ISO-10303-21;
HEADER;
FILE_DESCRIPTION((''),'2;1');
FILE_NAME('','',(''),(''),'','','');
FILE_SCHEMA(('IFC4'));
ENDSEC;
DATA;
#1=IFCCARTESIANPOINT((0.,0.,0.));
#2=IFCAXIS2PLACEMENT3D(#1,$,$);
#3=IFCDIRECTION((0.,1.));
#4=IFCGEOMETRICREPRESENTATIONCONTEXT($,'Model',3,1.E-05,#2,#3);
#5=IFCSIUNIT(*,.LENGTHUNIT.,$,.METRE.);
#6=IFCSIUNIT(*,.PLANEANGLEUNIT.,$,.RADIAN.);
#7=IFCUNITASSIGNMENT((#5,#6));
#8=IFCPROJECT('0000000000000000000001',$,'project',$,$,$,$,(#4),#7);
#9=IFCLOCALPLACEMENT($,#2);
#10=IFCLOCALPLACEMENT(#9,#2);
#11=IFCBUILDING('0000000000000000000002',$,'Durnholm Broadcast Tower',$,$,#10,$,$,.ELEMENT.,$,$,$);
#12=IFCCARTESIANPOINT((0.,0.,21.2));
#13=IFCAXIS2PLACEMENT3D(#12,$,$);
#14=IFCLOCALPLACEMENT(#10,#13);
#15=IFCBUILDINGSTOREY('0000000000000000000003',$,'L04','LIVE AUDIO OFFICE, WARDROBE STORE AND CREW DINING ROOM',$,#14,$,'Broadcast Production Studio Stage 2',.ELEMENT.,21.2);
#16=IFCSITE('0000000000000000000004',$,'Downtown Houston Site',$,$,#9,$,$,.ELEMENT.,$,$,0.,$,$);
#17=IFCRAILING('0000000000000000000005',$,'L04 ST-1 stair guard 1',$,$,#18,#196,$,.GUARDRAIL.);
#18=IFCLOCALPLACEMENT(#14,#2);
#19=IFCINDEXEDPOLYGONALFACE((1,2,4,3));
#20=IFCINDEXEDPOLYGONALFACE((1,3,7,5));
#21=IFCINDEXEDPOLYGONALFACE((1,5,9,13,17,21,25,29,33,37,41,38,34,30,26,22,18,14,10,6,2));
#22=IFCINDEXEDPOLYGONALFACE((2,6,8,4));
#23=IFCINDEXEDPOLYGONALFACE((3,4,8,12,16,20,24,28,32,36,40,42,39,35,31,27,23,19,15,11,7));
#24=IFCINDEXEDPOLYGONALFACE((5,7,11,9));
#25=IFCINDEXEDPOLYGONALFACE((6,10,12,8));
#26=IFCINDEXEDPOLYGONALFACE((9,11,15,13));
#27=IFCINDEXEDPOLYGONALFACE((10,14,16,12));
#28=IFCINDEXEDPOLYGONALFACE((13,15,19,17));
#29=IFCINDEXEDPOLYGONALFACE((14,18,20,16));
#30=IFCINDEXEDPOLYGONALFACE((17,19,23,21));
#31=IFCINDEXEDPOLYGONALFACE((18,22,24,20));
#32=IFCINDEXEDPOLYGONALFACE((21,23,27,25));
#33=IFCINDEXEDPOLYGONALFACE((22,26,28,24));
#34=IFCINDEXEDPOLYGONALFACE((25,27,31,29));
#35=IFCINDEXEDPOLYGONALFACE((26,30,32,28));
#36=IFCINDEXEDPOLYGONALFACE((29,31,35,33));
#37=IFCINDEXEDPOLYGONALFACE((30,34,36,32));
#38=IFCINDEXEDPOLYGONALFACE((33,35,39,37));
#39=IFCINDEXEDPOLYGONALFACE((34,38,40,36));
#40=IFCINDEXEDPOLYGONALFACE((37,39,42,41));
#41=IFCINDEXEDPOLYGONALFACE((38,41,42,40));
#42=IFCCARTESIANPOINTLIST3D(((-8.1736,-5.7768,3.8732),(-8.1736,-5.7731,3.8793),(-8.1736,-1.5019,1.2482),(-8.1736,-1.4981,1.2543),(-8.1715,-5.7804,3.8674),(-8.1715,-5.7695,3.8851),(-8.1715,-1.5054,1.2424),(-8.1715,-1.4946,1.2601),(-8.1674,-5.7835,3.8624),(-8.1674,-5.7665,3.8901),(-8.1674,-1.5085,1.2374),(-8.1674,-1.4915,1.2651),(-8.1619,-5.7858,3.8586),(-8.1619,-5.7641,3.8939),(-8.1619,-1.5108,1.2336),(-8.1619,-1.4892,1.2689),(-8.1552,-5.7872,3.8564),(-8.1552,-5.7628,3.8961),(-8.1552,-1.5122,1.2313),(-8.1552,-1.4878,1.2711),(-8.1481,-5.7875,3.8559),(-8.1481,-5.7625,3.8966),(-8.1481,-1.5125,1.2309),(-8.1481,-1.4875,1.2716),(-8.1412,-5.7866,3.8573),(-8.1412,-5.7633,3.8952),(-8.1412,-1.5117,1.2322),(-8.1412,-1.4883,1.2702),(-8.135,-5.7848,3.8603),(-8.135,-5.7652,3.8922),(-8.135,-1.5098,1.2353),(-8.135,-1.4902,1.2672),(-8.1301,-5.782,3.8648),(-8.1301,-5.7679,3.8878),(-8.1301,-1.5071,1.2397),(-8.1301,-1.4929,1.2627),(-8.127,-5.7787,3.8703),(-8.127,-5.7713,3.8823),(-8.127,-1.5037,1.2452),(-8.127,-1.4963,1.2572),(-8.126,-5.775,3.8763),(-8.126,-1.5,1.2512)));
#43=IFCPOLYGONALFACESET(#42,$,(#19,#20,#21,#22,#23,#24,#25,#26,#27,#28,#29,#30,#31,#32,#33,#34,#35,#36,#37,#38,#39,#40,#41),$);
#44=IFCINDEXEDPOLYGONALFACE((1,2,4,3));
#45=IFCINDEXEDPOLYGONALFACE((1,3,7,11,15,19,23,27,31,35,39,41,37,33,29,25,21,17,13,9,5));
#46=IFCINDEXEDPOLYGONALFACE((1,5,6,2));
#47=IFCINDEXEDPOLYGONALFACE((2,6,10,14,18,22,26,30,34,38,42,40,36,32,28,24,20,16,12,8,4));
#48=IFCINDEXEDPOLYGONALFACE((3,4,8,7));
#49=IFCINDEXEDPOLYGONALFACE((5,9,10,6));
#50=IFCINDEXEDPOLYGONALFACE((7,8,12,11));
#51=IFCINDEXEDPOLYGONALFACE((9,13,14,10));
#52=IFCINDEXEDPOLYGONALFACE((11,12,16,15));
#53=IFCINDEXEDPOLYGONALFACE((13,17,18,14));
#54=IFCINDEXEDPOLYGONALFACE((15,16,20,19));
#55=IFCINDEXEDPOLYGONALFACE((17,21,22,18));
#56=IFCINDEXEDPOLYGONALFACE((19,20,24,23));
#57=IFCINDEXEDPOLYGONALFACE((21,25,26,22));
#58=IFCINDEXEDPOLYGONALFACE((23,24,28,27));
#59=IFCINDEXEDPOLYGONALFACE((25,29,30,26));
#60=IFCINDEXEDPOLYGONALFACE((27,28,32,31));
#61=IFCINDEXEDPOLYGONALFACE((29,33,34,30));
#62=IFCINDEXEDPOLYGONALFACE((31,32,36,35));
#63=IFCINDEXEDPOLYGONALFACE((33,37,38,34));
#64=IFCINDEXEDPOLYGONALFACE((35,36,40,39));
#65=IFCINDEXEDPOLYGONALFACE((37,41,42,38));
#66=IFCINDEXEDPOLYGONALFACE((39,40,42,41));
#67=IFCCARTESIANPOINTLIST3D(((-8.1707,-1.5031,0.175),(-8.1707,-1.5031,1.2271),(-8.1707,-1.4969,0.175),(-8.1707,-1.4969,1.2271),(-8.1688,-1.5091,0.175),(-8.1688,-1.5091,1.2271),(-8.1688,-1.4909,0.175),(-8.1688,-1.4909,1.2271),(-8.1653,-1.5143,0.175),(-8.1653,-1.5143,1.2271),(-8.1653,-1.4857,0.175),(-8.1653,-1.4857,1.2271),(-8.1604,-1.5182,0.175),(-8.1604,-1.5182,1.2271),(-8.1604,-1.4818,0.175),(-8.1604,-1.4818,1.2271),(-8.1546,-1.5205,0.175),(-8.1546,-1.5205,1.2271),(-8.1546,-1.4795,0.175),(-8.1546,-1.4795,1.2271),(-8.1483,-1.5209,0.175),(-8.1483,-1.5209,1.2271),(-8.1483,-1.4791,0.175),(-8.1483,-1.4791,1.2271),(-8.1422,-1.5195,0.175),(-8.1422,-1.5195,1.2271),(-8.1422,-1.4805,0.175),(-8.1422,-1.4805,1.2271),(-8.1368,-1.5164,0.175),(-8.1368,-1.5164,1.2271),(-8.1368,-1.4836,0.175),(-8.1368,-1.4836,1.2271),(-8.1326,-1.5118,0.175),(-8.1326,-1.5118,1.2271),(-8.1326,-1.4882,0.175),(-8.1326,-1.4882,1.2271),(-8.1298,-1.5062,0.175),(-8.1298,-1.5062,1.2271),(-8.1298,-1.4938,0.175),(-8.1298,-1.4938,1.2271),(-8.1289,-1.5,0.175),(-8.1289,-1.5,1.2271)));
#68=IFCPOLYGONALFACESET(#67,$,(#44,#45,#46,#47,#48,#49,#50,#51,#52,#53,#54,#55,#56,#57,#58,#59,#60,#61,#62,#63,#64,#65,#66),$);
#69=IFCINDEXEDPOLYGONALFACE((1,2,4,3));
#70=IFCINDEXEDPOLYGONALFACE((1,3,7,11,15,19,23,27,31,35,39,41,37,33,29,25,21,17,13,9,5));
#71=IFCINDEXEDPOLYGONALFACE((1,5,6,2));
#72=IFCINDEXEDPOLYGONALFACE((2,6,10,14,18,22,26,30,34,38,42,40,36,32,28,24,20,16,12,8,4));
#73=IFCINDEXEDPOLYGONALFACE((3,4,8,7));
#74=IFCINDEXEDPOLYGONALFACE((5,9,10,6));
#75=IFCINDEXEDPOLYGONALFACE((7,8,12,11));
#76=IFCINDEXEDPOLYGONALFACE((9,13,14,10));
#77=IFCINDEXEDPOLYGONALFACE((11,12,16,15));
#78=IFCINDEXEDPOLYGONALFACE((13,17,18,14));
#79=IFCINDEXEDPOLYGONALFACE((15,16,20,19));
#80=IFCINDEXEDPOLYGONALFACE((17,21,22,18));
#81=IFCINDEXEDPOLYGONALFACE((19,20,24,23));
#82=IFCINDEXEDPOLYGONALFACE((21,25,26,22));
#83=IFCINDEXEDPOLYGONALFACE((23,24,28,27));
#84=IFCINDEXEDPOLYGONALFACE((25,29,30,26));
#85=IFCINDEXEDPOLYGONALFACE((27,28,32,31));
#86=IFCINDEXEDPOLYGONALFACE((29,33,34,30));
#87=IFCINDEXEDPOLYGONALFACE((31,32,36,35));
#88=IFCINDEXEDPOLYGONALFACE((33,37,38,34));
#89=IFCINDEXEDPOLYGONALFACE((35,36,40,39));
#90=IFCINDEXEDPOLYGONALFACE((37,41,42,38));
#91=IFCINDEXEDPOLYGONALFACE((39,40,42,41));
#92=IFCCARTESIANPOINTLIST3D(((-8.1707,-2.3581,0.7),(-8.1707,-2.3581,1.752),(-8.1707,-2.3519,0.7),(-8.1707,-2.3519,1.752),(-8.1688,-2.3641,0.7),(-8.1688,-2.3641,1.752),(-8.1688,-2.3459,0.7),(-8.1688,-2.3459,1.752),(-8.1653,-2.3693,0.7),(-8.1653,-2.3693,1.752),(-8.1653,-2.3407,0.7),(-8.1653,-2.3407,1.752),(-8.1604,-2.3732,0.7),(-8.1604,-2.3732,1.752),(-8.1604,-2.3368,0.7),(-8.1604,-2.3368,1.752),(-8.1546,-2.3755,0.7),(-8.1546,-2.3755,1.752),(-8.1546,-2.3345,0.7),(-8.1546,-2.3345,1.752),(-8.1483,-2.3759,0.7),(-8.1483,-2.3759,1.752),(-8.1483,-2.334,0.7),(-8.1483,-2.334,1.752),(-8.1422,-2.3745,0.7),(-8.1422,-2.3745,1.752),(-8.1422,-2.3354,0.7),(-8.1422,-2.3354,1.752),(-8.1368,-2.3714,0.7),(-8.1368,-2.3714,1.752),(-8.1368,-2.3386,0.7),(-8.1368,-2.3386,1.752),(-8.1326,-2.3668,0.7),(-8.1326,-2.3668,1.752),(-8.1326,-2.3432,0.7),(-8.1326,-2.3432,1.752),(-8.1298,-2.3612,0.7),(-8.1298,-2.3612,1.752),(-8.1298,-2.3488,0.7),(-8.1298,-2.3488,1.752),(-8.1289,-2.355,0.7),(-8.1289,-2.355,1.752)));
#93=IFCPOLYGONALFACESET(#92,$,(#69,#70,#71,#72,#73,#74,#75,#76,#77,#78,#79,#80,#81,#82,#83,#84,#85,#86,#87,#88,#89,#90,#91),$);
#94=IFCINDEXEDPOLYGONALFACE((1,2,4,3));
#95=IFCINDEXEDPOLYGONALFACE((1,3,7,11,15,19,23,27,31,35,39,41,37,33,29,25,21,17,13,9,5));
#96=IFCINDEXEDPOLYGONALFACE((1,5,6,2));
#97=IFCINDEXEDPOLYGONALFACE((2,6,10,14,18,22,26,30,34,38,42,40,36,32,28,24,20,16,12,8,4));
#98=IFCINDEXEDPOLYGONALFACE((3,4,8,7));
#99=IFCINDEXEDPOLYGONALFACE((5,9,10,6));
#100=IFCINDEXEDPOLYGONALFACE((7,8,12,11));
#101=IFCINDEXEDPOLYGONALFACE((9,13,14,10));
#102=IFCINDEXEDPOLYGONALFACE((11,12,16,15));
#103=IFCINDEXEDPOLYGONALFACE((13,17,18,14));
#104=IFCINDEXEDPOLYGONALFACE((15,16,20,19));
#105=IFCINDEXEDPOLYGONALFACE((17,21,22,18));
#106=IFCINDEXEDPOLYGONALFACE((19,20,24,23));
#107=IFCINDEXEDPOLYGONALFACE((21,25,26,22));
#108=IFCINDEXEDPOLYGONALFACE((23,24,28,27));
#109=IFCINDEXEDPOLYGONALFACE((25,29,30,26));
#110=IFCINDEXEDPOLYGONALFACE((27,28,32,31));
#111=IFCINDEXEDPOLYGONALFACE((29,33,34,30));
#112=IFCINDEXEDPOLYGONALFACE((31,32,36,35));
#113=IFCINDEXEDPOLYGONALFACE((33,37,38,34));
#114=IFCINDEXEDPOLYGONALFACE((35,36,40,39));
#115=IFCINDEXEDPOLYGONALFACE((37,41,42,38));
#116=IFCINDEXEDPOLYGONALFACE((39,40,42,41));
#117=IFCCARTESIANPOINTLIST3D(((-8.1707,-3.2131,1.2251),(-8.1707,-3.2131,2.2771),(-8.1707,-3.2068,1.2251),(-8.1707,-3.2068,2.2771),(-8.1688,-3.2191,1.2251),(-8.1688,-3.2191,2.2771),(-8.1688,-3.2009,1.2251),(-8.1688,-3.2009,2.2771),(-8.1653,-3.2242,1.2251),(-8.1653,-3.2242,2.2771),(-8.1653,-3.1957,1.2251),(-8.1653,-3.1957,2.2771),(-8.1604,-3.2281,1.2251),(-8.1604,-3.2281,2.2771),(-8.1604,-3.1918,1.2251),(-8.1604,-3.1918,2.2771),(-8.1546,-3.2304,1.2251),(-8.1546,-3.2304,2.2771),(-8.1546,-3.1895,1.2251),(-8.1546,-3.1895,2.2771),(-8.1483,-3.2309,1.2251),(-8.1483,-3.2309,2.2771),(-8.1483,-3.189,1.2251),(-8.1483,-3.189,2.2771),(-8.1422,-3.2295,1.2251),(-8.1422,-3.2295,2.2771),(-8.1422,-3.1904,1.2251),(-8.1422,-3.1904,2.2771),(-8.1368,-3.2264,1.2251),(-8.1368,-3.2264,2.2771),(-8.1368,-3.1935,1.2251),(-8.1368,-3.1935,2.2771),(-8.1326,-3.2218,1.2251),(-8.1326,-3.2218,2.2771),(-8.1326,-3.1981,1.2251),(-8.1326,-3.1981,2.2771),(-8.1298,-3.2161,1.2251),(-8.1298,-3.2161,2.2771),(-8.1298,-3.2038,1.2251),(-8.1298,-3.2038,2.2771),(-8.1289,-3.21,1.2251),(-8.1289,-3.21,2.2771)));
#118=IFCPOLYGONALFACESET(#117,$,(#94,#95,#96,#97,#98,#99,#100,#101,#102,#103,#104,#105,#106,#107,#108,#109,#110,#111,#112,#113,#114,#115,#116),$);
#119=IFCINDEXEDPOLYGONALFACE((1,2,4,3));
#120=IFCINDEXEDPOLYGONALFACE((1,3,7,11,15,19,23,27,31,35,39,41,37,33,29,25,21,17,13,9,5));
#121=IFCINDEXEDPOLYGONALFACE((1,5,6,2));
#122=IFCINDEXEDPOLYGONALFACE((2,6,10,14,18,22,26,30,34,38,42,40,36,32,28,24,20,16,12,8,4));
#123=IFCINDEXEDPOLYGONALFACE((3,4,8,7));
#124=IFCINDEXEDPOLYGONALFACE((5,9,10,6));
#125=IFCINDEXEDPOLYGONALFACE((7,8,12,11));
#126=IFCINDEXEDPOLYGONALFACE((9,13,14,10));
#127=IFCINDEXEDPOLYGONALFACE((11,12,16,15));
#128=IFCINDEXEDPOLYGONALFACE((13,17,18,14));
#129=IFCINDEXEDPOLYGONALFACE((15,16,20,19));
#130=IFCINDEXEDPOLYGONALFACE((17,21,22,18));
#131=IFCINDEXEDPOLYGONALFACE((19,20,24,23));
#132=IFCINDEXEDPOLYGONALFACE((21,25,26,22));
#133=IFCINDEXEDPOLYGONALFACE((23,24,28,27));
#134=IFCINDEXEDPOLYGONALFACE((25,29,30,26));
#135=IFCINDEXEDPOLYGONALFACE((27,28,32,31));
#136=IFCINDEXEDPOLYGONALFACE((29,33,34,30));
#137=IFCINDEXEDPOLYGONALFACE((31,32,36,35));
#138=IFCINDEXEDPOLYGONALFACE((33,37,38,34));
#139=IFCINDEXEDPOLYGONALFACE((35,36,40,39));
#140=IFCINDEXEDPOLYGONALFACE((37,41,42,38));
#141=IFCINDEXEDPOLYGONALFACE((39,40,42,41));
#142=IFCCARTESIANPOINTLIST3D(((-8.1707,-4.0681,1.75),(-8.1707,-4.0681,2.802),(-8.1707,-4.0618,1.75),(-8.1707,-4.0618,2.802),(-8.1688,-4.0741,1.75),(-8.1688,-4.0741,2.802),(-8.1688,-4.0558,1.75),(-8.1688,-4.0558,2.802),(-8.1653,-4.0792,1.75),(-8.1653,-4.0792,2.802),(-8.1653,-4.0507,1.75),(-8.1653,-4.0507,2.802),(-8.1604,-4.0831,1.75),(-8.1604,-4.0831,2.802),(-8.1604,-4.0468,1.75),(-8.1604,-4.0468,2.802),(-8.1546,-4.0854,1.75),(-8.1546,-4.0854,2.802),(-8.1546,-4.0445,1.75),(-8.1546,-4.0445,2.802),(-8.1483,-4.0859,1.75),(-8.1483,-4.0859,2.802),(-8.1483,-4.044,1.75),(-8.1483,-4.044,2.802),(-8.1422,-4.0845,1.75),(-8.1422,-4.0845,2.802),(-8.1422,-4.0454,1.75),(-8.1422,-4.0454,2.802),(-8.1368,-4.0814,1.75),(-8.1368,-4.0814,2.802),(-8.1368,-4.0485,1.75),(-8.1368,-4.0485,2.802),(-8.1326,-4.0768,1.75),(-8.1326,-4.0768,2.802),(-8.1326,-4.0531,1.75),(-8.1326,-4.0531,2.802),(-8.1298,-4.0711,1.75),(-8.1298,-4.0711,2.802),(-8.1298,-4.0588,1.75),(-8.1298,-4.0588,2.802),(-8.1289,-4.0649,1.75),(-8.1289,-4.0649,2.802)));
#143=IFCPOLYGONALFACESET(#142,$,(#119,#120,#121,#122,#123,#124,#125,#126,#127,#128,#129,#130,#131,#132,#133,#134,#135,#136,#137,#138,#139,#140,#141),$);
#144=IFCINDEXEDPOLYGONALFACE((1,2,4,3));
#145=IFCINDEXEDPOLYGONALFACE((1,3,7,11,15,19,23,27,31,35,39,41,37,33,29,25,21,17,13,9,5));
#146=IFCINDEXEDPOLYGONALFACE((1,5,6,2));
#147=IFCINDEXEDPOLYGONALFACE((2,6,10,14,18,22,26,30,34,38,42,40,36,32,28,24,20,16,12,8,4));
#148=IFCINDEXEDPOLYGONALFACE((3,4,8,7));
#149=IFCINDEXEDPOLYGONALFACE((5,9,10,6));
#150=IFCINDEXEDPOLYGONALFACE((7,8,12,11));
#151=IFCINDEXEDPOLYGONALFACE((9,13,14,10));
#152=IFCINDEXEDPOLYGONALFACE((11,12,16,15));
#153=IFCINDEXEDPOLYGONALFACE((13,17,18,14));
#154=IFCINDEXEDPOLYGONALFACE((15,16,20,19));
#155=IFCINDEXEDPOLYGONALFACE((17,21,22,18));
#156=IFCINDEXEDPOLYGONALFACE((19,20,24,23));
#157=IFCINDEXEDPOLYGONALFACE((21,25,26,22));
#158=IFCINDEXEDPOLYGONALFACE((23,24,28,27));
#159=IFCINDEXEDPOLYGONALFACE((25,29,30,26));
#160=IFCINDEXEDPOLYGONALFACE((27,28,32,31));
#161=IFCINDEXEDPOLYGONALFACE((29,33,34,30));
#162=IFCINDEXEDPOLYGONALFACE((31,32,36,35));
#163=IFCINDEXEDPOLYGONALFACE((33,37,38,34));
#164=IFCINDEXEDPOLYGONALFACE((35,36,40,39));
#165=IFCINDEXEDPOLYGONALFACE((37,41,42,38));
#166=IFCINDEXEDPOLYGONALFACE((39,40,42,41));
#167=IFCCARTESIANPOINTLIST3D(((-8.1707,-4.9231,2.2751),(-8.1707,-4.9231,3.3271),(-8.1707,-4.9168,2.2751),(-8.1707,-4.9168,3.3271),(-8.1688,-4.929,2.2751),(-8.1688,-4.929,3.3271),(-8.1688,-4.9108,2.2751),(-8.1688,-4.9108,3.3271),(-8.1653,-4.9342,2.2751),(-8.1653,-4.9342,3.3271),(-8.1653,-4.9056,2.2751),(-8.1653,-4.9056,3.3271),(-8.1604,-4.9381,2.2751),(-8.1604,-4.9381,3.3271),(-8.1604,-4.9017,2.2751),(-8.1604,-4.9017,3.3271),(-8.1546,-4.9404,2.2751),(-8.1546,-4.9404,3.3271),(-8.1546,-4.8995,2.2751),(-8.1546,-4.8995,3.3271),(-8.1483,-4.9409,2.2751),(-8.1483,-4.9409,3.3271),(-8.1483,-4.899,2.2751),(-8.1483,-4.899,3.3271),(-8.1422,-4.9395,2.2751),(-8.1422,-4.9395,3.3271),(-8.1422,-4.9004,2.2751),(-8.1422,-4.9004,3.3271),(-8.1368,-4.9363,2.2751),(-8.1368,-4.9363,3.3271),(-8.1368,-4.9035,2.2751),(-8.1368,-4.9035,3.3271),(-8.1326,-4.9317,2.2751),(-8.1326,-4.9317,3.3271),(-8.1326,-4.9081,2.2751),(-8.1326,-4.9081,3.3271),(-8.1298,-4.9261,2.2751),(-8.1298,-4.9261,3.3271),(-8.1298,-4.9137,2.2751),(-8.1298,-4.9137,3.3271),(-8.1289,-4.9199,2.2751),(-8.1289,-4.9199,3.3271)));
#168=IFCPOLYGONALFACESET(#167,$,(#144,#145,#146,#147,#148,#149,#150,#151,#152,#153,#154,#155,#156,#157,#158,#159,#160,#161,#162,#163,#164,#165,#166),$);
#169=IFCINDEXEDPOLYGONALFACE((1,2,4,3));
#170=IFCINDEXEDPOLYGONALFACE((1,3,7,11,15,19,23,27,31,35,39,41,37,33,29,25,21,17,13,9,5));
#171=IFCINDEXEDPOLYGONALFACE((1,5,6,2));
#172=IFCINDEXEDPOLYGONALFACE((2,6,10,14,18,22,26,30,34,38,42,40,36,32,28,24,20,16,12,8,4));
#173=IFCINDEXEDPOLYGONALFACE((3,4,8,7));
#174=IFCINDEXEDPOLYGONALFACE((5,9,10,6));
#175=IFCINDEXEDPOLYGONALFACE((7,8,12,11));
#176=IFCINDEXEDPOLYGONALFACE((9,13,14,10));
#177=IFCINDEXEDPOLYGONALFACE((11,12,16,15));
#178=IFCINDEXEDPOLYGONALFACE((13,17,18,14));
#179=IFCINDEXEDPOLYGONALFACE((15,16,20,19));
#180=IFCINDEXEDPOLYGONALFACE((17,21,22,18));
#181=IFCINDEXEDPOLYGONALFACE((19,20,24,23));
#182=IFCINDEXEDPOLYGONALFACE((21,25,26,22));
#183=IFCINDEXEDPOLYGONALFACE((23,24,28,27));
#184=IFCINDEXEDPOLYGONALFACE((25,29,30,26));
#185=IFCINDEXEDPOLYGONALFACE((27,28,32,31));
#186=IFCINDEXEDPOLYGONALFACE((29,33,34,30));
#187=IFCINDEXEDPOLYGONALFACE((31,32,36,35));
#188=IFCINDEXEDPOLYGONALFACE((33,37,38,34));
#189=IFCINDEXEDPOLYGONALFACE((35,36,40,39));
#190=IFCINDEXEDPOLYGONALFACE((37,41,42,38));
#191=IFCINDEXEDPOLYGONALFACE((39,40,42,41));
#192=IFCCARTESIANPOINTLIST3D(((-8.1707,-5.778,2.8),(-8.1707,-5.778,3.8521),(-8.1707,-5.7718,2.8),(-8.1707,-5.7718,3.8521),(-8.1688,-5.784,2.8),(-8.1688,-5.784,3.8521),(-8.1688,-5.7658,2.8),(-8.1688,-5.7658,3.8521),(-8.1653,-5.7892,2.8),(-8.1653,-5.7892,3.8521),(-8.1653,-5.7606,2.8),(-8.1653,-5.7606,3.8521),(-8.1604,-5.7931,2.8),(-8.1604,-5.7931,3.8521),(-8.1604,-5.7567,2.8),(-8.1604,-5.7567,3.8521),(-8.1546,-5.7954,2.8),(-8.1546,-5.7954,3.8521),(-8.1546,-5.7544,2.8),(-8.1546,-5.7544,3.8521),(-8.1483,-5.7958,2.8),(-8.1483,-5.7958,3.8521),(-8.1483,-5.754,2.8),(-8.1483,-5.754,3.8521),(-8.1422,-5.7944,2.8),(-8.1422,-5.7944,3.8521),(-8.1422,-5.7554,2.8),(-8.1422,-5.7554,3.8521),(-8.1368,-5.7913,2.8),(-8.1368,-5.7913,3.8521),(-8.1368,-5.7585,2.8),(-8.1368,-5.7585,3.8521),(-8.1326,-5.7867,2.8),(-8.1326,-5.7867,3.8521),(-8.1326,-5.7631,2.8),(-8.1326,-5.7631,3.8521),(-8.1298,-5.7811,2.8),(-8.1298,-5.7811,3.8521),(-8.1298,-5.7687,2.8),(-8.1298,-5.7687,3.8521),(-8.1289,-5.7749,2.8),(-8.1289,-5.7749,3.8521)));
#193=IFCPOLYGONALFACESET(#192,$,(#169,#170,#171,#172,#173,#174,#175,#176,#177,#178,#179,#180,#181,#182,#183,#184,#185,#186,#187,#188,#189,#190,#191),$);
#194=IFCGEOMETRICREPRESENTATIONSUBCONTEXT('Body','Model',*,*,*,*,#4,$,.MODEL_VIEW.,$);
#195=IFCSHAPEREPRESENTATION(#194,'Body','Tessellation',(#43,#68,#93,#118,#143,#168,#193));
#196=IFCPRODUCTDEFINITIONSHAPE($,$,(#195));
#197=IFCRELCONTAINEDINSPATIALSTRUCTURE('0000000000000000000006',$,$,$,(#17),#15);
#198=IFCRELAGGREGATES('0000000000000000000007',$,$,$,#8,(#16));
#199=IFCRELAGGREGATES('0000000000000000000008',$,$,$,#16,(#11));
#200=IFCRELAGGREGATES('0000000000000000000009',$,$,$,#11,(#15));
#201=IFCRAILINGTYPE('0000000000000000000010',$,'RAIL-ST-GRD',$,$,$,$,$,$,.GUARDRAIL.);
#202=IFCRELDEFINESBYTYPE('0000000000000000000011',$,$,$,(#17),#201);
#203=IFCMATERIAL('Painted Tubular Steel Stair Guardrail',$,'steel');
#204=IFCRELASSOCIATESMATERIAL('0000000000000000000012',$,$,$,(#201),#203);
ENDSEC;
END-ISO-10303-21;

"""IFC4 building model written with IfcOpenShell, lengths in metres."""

from ifc_helpers import new_model, si_unit, direction, frame, origin, origin_2d, place, context, subcontext, project, spatial, circle, extrude, material, type_object, element, save


model = new_model("IFC4")

# Units and contexts
model_context = context("Model", 3, precision=1e-05, world=origin(), true_north=direction((0.0, 1.0)))
body_context = subcontext(model_context, "Body", "Model", "MODEL_VIEW")
ifc_project = project(units=[si_unit("LENGTHUNIT", "METRE"), si_unit("PLANEANGLEUNIT", "RADIAN")], contexts=[model_context])

# Site, building, storey
site_placement = place(None, origin())
site = spatial("IfcSite", under=ifc_project, at=site_placement, Name="Downtown Houston Site", CompositionType="ELEMENT", RefElevation=0.0)
building_placement = place(site_placement, origin())
building = spatial("IfcBuilding", under=site, at=building_placement, Name="Durnholm Broadcast Tower", CompositionType="ELEMENT")
storey_placement = place(building_placement, frame((0.0, 0.0, 21.2)))
storey = spatial("IfcBuildingStorey", under=building, at=storey_placement, Name="L04", Description="LIVE AUDIO OFFICE, WARDROBE STORE AND CREW DINING ROOM", LongName="Broadcast Production Studio Stage 2", CompositionType="ELEMENT", Elevation=21.2)

# Railing
ifc_material_1 = material(Name="Painted Tubular Steel Stair Guardrail", Category="steel")
railing_type_1 = type_object("IfcRailingType", Name="RAIL-ST-GRD", PredefinedType="GUARDRAIL", material=ifc_material_1)
railing_1_placement = place(storey_placement, frame((-8.1499, -1.5, 0.175)))
element("IfcRailing", 1, at=railing_1_placement, inside=storey, type_object=railing_type_1, Name="L04 ST-1 stair guard 1", PredefinedType="GUARDRAIL", context=body_context, shape_type="SweptSolid", body=[
    extrude(circle(Radius=0.0239, at=origin_2d()), frame((0.0, 0.0, 1.0762), z_axis=(0.0, -0.852166, 0.523272), x_axis=(1.0, 0.0, 0.0)), (0.0, 0.0, 1.0), 5.0166),
    extrude(circle(Radius=0.021, at=origin_2d()), origin(), (0.0, 0.0, 1.0), 1.052),
    extrude(circle(Radius=0.021, at=origin_2d()), frame((0.0, -0.855, 0.5249)), (0.0, 0.0, 1.0), 1.052),
    extrude(circle(Radius=0.021, at=origin_2d()), frame((0.0, -1.71, 1.05)), (0.0, 0.0, 1.0), 1.052),
    extrude(circle(Radius=0.021, at=origin_2d()), frame((0.0, -2.5649, 1.575)), (0.0, 0.0, 1.0), 1.052),
    extrude(circle(Radius=0.021, at=origin_2d()), frame((0.0, -3.4199, 2.1001)), (0.0, 0.0, 1.0), 1.052),
    extrude(circle(Radius=0.021, at=origin_2d()), frame((0.0, -4.2749, 2.625)), (0.0, 0.0, 1.0), 1.052),
])

save(model, "model.ifc")
